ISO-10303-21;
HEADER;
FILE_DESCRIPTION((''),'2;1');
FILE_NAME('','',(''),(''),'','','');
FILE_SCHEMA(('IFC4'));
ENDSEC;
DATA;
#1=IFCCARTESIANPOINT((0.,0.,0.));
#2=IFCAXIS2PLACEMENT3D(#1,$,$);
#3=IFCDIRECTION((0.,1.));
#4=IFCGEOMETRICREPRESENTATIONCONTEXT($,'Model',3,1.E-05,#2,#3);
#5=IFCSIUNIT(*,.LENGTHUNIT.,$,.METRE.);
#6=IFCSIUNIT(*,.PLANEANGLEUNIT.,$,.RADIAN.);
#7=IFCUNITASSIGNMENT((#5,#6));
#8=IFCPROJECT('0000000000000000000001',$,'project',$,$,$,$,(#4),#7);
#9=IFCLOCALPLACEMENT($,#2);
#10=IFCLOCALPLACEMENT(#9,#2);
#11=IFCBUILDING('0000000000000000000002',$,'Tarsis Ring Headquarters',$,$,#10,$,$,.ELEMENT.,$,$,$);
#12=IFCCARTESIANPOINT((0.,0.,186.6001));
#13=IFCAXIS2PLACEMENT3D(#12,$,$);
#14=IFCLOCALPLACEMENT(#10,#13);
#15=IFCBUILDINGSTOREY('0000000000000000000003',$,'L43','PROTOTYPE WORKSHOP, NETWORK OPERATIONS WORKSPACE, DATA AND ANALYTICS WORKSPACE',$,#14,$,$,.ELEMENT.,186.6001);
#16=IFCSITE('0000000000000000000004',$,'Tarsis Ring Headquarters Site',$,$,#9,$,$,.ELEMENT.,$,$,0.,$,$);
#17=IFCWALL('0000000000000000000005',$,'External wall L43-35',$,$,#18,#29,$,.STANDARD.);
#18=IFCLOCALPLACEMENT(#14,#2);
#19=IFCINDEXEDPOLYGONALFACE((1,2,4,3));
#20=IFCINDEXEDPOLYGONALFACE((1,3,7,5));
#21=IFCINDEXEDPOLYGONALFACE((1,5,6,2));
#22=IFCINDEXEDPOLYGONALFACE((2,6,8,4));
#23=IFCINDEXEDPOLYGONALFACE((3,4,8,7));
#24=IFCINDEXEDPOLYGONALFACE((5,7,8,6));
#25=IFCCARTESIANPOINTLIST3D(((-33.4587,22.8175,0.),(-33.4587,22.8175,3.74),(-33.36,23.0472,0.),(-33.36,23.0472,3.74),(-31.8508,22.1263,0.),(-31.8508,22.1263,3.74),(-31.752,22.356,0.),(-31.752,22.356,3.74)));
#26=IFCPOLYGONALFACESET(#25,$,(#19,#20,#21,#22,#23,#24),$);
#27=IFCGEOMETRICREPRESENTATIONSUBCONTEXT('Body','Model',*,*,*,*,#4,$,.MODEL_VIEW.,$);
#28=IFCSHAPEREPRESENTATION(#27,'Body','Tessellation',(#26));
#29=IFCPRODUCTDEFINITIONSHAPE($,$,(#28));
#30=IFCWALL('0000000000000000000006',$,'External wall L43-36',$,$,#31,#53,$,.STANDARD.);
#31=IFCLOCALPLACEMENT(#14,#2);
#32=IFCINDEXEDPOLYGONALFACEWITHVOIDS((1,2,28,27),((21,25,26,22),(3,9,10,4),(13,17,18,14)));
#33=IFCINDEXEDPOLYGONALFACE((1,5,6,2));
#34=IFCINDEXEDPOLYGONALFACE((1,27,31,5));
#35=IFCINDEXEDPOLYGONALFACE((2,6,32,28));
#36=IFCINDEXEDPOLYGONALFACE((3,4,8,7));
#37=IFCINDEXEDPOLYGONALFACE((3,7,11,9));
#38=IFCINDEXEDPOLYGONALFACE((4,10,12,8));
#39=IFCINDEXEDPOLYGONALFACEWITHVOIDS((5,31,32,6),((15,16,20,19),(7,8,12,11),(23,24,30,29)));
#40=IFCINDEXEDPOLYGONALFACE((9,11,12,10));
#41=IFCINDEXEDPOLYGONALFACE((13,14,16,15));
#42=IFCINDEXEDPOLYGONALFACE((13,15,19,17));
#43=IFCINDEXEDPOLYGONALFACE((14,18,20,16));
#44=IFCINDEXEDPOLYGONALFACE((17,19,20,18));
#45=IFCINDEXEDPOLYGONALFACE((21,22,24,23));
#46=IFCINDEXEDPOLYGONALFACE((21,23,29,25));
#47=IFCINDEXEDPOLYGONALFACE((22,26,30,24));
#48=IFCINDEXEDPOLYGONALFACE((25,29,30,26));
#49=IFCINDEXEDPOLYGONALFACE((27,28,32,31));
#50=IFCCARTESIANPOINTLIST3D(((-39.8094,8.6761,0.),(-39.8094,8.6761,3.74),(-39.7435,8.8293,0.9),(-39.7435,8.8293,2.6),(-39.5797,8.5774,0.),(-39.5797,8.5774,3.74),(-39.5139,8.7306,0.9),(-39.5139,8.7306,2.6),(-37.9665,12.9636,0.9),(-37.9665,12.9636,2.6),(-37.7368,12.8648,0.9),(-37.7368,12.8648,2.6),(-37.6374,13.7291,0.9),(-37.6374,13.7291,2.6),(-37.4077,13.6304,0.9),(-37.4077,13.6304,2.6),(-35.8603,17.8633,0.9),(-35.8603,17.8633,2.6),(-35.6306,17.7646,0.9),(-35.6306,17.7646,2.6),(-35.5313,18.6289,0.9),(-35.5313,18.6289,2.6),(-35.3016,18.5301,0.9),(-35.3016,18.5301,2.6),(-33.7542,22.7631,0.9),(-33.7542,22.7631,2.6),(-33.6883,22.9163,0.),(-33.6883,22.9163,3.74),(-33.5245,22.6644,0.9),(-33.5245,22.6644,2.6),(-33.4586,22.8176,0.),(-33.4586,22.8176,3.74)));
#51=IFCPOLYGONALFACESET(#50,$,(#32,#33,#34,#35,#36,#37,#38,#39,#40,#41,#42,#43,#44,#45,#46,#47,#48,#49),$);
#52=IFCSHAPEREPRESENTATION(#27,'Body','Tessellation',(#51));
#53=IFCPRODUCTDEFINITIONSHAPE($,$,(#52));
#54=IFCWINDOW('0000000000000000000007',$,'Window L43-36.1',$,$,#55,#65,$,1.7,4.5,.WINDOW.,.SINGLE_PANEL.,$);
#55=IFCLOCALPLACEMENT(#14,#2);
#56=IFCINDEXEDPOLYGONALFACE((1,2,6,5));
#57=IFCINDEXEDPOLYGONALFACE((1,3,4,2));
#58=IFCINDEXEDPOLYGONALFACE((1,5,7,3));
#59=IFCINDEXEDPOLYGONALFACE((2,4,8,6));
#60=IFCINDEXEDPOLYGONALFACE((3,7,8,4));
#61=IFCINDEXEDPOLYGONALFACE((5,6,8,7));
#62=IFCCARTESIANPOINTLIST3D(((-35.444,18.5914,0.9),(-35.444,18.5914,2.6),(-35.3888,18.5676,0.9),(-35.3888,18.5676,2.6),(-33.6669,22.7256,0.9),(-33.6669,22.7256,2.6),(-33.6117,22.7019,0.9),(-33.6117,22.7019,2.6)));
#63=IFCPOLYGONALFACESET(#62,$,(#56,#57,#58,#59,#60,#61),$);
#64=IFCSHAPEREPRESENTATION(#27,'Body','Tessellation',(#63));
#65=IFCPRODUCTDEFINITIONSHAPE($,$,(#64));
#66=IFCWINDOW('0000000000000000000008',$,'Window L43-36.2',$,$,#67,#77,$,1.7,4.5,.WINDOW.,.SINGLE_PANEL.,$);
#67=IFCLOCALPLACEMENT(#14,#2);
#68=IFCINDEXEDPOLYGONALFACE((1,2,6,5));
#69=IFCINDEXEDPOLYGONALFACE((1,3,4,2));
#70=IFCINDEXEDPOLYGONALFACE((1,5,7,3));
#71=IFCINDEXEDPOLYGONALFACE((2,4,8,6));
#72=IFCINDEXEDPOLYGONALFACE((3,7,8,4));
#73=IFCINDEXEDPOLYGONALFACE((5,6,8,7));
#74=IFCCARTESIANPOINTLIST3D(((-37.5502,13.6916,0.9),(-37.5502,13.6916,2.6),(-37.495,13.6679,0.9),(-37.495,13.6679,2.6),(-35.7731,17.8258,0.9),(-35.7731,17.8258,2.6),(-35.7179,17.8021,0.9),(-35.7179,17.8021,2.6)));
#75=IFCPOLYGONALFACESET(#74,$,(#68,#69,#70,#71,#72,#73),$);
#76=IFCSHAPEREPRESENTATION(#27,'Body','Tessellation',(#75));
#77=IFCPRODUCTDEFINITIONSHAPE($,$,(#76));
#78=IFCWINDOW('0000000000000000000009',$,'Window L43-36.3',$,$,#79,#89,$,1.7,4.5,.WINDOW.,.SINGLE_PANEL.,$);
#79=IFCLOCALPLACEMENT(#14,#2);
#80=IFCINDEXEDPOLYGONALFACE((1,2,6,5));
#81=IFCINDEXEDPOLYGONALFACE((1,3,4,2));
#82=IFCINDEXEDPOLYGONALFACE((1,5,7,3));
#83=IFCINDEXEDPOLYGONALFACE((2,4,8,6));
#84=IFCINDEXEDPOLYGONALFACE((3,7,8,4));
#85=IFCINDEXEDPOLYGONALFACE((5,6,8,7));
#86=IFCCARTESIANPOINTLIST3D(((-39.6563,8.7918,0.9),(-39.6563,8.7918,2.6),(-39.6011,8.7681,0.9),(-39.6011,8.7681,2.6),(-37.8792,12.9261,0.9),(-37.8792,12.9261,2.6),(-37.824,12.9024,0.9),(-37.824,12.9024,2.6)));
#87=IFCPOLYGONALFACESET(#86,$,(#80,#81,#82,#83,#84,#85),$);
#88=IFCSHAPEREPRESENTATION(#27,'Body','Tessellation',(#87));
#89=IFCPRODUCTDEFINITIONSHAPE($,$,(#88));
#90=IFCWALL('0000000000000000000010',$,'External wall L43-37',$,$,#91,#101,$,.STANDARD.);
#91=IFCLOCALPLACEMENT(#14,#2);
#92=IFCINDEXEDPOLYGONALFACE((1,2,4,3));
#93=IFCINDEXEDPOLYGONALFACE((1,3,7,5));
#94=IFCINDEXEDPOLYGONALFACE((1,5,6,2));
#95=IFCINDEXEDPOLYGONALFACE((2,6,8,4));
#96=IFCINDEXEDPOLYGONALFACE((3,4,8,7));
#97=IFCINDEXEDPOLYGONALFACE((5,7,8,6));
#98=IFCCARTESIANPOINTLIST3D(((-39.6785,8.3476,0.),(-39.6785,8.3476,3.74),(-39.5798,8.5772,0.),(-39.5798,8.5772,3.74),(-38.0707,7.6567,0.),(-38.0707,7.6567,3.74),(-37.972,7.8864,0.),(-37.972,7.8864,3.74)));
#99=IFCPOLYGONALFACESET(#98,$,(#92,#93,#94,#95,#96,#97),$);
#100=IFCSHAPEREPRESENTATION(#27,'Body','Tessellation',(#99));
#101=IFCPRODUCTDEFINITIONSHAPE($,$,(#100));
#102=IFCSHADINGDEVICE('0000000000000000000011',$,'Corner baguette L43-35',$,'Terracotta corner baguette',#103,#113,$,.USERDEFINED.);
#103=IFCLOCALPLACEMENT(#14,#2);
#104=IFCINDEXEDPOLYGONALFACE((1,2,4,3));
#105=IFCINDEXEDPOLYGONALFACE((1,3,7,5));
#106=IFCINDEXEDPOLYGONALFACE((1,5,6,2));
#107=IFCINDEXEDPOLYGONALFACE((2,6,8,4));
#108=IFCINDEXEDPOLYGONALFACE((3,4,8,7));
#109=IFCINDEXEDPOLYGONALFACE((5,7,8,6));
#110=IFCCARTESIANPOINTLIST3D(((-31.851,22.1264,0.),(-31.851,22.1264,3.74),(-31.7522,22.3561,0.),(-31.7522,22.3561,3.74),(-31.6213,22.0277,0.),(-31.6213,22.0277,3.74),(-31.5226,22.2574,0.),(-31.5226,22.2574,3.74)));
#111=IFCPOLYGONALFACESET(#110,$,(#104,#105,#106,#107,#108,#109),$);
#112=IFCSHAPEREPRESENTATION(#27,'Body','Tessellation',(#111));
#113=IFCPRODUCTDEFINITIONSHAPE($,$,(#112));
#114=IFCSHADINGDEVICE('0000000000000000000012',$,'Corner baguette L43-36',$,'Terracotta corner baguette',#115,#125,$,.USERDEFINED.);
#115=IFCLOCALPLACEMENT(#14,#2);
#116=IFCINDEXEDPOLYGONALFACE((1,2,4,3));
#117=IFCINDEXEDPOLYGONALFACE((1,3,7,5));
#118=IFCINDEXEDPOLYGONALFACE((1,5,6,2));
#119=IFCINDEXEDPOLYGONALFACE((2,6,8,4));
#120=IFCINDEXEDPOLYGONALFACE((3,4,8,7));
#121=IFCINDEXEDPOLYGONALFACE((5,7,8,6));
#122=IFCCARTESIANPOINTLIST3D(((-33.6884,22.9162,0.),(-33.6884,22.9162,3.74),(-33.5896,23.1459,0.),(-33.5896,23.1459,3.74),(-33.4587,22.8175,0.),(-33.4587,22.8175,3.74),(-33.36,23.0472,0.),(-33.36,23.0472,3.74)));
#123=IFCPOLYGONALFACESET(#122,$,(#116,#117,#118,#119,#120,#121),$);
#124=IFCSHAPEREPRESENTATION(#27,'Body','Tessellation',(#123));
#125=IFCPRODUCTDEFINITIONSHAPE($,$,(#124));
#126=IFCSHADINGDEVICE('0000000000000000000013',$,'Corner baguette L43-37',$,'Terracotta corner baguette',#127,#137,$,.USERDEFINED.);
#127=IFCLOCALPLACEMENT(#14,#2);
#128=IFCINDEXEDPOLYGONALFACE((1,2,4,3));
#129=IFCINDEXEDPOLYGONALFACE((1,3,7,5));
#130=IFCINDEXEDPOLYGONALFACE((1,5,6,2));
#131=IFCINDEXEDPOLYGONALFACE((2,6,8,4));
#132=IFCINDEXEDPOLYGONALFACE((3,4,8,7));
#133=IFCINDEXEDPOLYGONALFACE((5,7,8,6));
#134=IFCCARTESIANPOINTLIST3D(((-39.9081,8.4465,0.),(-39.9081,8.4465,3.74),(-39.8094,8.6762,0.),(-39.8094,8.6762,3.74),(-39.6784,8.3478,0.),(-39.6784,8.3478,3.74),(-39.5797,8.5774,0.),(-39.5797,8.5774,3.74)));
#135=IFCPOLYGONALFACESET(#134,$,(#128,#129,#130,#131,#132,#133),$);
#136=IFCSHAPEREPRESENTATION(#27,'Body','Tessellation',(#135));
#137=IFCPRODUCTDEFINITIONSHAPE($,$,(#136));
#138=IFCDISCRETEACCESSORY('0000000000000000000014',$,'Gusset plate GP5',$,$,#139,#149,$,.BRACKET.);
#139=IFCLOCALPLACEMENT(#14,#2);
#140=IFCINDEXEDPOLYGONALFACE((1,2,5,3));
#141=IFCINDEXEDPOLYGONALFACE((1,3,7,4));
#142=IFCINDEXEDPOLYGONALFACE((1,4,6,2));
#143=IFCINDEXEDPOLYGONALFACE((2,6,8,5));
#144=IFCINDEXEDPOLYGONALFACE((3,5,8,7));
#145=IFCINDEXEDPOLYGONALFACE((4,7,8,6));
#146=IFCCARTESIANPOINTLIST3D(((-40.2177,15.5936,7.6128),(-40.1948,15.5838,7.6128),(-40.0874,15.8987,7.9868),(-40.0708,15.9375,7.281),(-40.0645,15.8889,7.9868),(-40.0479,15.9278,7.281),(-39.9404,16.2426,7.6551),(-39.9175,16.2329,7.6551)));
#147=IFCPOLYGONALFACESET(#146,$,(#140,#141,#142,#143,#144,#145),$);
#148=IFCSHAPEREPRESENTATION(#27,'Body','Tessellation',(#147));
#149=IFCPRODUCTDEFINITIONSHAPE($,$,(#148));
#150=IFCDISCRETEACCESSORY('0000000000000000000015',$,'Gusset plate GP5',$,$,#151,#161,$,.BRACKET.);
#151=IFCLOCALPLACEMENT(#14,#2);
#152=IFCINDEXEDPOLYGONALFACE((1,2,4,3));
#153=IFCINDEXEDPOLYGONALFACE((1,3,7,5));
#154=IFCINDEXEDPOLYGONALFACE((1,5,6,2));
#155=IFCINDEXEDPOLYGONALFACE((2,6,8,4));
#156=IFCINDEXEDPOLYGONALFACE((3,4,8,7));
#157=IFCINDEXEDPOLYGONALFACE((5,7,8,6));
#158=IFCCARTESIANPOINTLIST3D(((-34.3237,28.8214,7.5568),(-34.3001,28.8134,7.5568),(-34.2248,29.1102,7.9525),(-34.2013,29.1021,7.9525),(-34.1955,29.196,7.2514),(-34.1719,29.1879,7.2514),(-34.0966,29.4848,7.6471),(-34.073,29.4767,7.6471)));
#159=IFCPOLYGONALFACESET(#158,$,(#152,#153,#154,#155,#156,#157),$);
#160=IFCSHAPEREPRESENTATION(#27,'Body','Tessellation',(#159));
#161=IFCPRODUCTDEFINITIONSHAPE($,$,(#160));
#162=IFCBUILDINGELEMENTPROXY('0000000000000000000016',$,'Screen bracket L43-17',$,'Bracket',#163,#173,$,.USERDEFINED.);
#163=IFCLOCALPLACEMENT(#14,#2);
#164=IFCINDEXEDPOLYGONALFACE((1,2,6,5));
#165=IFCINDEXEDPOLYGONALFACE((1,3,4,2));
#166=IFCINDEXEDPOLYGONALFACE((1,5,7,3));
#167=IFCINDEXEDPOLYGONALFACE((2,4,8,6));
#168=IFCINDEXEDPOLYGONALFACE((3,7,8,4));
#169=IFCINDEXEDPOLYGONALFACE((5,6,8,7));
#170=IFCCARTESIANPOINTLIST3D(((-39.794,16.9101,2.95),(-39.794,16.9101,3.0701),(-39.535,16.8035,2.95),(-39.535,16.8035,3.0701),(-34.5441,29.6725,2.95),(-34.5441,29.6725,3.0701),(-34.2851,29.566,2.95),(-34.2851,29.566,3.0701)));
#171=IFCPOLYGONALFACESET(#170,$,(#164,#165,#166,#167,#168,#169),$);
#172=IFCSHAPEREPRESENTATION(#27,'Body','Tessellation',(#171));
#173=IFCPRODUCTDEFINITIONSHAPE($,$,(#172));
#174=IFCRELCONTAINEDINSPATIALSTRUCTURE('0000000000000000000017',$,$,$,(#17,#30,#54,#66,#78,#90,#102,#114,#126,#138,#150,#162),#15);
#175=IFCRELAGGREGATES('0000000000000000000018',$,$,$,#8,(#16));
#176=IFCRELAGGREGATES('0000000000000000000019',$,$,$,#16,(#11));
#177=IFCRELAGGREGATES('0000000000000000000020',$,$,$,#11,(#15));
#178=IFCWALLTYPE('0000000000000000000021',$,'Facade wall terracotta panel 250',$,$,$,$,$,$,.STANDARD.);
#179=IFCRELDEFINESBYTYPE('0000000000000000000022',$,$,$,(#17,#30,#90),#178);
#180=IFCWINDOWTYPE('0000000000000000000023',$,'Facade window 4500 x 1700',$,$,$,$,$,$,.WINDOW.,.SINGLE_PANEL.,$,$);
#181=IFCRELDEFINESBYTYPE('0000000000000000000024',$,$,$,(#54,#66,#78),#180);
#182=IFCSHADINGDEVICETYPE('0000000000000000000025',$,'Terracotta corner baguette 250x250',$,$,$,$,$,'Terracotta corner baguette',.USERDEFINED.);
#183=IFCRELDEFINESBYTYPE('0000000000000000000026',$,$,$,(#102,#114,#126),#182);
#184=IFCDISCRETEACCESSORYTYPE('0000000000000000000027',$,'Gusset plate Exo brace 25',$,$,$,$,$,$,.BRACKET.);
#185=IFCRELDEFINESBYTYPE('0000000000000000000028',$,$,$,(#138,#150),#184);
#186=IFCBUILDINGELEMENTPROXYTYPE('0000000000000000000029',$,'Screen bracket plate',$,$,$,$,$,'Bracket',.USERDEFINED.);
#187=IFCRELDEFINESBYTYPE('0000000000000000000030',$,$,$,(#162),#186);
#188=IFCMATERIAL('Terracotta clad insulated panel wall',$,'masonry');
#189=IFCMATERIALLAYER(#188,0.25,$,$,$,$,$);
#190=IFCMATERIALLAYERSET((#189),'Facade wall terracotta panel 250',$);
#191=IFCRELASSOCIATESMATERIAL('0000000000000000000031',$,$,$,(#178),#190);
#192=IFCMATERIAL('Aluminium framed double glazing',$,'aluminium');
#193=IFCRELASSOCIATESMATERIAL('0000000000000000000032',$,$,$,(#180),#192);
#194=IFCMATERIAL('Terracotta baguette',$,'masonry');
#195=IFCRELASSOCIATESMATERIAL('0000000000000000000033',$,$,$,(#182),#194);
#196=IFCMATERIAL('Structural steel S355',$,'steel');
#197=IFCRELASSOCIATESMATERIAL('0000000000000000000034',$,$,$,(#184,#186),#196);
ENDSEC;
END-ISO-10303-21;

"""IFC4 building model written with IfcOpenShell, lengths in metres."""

from ifc_helpers import new_model, si_unit, direction, frame, frame_2d, origin, origin_2d, place, context, subcontext, project, spatial, rectangle, extrude, material, layer, layer_set, material_profile, profile_set, type_object, element, fill, save


model = new_model("IFC4")

# Units and contexts
model_context = context("Model", 3, precision=1e-05, world=origin(), true_north=direction((0.0, 1.0)))
body_context = subcontext(model_context, "Body", "Model", "MODEL_VIEW")
ifc_project = project(units=[si_unit("LENGTHUNIT", "METRE"), si_unit("PLANEANGLEUNIT", "RADIAN")], contexts=[model_context])

# Site, building, storey
site_placement = place(None, origin())
site = spatial("IfcSite", under=ifc_project, at=site_placement, Name="Tarsis Ring Headquarters Site", CompositionType="ELEMENT", RefElevation=0.0)
building_placement = place(site_placement, origin())
building = spatial("IfcBuilding", under=site, at=building_placement, Name="Tarsis Ring Headquarters", CompositionType="ELEMENT")
storey_placement = place(building_placement, frame((0.0, 0.0, 186.6001)))
storey = spatial("IfcBuildingStorey", under=building, at=storey_placement, Name="L43", Description="PROTOTYPE WORKSHOP, NETWORK OPERATIONS WORKSPACE, DATA AND ANALYTICS WORKSPACE", CompositionType="ELEMENT", Elevation=186.6001)

# Shared definitions
ifc_material_1 = material(Name="Structural steel S355", Category="steel")

# Wall
ifc_material_2 = material(Name="Terracotta clad insulated panel wall", Category="masonry")
ifc_layer_1 = layer(ifc_material_2, 0.25)
ifc_layer_set_1 = layer_set([ifc_layer_1], Name="Facade wall terracotta panel 250")
wall_type_1 = type_object("IfcWallType", Name="Facade wall terracotta panel 250", PredefinedType="STANDARD", material=ifc_layer_set_1)
wall_1_placement = place(storey_placement, frame((-31.8015, 22.2412, 0.0), z_axis=(0.0, 0.0, 1.0), x_axis=(-0.918719, 0.394912, 0.0)))
element("IfcWall", 1, at=wall_1_placement, inside=storey, type_object=wall_type_1, Name="External wall L43-35", PredefinedType="STANDARD", context=body_context, shape_type="SweptSolid", body=[
    extrude(rectangle(XDim=1.7502, YDim=0.25, at=frame_2d((0.875, 0.0))), origin(), (0.0, 0.0, 1.0), 3.74),
])

# Wall, openings, windows
wall_2_placement = place(storey_placement, frame((-33.5735, 22.8669, 0.0), z_axis=(0.0, 0.0, 1.0), x_axis=(-0.394908, -0.918721, 0.0)))
wall_2 = element("IfcWall", 2, at=wall_2_placement, inside=storey, type_object=wall_type_1, Name="External wall L43-36", PredefinedType="STANDARD", context=body_context, shape_type="SweptSolid", body=[
    extrude(rectangle(XDim=15.5, YDim=0.25, at=frame_2d((7.75, 0.0))), origin(), (0.0, 0.0, 1.0), 3.74),
])
opening_1_placement = place(wall_2_placement, frame((0.1667, 0.0, 0.8999)))
opening_1 = element("IfcOpeningElement", 3, at=opening_1_placement, cuts=wall_2, PredefinedType="OPENING", context=body_context, shape_type="SweptSolid", body=[
    extrude(rectangle(XDim=4.5, YDim=1.7, at=frame_2d((2.25, 0.8501))), frame((0.0, 0.135, 0.0), z_axis=(0.0, -1.0, 0.0), x_axis=(1.0, 0.0, 0.0)), (0.0, 0.0, 1.0), 0.27),
])
opening_2_placement = place(wall_2_placement, frame((5.5, 0.0, 0.8999)))
opening_2 = element("IfcOpeningElement", 4, at=opening_2_placement, cuts=wall_2, PredefinedType="OPENING", context=body_context, shape_type="SweptSolid", body=[
    extrude(rectangle(XDim=4.5, YDim=1.7, at=frame_2d((2.25, 0.8501))), frame((0.0, 0.135, 0.0), z_axis=(0.0, -1.0, 0.0), x_axis=(1.0, 0.0, 0.0)), (0.0, 0.0, 1.0), 0.27),
])
opening_3_placement = place(wall_2_placement, frame((10.8333, 0.0, 0.8999)))
opening_3 = element("IfcOpeningElement", 5, at=opening_3_placement, cuts=wall_2, PredefinedType="OPENING", context=body_context, shape_type="SweptSolid", body=[
    extrude(rectangle(XDim=4.5, YDim=1.7, at=frame_2d((2.25, 0.8501))), frame((0.0, 0.135, 0.0), z_axis=(0.0, -1.0, 0.0), x_axis=(1.0, 0.0, 0.0)), (0.0, 0.0, 1.0), 0.27),
])
ifc_material_3 = material(Name="Aluminium framed double glazing", Category="aluminium")
window_type = type_object("IfcWindowType", Name="Facade window 4500 x 1700", PartitioningType="SINGLE_PANEL", PredefinedType="WINDOW", material=ifc_material_3)
window_1_placement = place(opening_1_placement, origin())
window_1 = element("IfcWindow", 6, at=window_1_placement, inside=storey, type_object=window_type, Name="Window L43-36.1", OverallHeight=1.7, OverallWidth=4.5, PartitioningType="SINGLE_PANEL", PredefinedType="WINDOW", context=body_context, shape_type="SweptSolid", body=[
    extrude(rectangle(XDim=4.5, YDim=1.7, at=frame_2d((2.25, 0.8501))), frame((0.0, 0.03, 0.0), z_axis=(0.0, -1.0, 0.0), x_axis=(1.0, 0.0, 0.0)), (0.0, 0.0, 1.0), 0.0601),
])
fill(opening_1, window_1)
window_2_placement = place(opening_2_placement, origin())
window_2 = element("IfcWindow", 7, at=window_2_placement, inside=storey, type_object=window_type, Name="Window L43-36.2", OverallHeight=1.7, OverallWidth=4.5, PartitioningType="SINGLE_PANEL", PredefinedType="WINDOW", context=body_context, shape_type="SweptSolid", body=[
    extrude(rectangle(XDim=4.5, YDim=1.7, at=frame_2d((2.25, 0.8501))), frame((0.0, 0.03, 0.0), z_axis=(0.0, -1.0, 0.0), x_axis=(1.0, 0.0, 0.0)), (0.0, 0.0, 1.0), 0.0601),
])
fill(opening_2, window_2)
window_3_placement = place(opening_3_placement, origin())
window_3 = element("IfcWindow", 8, at=window_3_placement, inside=storey, type_object=window_type, Name="Window L43-36.3", OverallHeight=1.7, OverallWidth=4.5, PartitioningType="SINGLE_PANEL", PredefinedType="WINDOW", context=body_context, shape_type="SweptSolid", body=[
    extrude(rectangle(XDim=4.5, YDim=1.7, at=frame_2d((2.25, 0.8501))), frame((0.0, 0.03, 0.0), z_axis=(0.0, -1.0, 0.0), x_axis=(1.0, 0.0, 0.0)), (0.0, 0.0, 1.0), 0.0601),
])
fill(opening_3, window_3)

# Wall
wall_3_placement = place(storey_placement, frame((-39.6292, 8.4624, 0.0), z_axis=(0.0, 0.0, 1.0), x_axis=(0.918769, -0.394795, 0.0)))
element("IfcWall", 9, at=wall_3_placement, inside=storey, type_object=wall_type_1, Name="External wall L43-37", PredefinedType="STANDARD", context=body_context, shape_type="SweptSolid", body=[
    extrude(rectangle(XDim=1.75, YDim=0.25, at=frame_2d((0.875, 0.0))), origin(), (0.0, 0.0, 1.0), 3.74),
])

# Shading devices
ifc_material_4 = material(Name="Terracotta baguette", Category="masonry")
shading_device_type_1 = type_object("IfcShadingDeviceType", Name="Terracotta corner baguette 250x250", ElementType="Terracotta corner baguette", PredefinedType="USERDEFINED", material=ifc_material_4)
for number, where, z_axis, x_axis, name in (
    (10, (-31.6868, 22.1919, 0.0), (0.0, 0.0, 1.0), (-0.394904, -0.918723, 0.0), "Corner baguette L43-35"),
    (11, (-33.5242, 22.9817, 0.0), (0.0, 0.0, 1.0), (-0.918722, 0.394904, 0.0), "Corner baguette L43-36"),
    (12, (-39.7439, 8.512, 0.0), (0.0, 0.0, 1.0), (-0.394904, -0.918722, 0.0), "Corner baguette L43-37"),
):
    element("IfcShadingDevice", number, at=place(storey_placement, frame(where, z_axis=z_axis, x_axis=x_axis)), inside=storey, type_object=shading_device_type_1, Name=name, ObjectType="Terracotta corner baguette", PredefinedType="USERDEFINED", context=body_context, shape_type="SweptSolid", body=[
        extrude(rectangle(XDim=0.25, YDim=0.25, at=origin_2d()), origin(), (0.0, 0.0, 1.0), 3.74),
    ])

# Discrete accessories
ifc_material_profile_1 = material_profile(ifc_material_1, rectangle(XDim=0.0249, YDim=0.5, at=origin_2d()), Name="PL 25x500")
ifc_profile_set_1 = profile_set([ifc_material_profile_1], Name="Structural steel S355")
discrete_accessory_type = type_object("IfcDiscreteAccessoryType", Name="Gusset plate Exo brace 25", PredefinedType="BRACKET", material=ifc_profile_set_1)
discrete_accessory_1_placement = place(storey_placement, frame((-40.1411, 15.7412, 7.7998), z_axis=(0.293936, 0.687967, -0.663553), x_axis=(-0.919583, 0.392895, 0.0)))
element("IfcDiscreteAccessory", 13, at=discrete_accessory_1_placement, inside=storey, type_object=discrete_accessory_type, Name="Gusset plate GP5", PredefinedType="BRACKET", context=body_context, shape_type="SweptSolid", body=[
    extrude(rectangle(XDim=0.0249, YDim=0.5, at=origin_2d()), origin(), (0.0, 0.0, 1.0), 0.5),
])
discrete_accessory_2_placement = place(storey_placement, frame((-34.1489, 29.2935, 7.7998), z_axis=(-0.197828, -0.577854, -0.791801), x_axis=(0.946093, -0.323895, 0.0)))
element("IfcDiscreteAccessory", 14, at=discrete_accessory_2_placement, inside=storey, type_object=discrete_accessory_type, Name="Gusset plate GP5", PredefinedType="BRACKET", context=body_context, shape_type="SweptSolid", body=[
    extrude(rectangle(XDim=0.0249, YDim=0.5, at=origin_2d()), origin(), (0.0, 0.0, 1.0), 0.4998),
])

# Building element proxy
building_element_proxy_type = type_object("IfcBuildingElementProxyType", Name="Screen bracket plate", ElementType="Bracket", PredefinedType="USERDEFINED", material=ifc_material_1)
proxy_placement = place(storey_placement, frame((-37.0396, 23.238, 2.95), z_axis=(0.0, 0.0, 1.0), x_axis=(-0.380425, -0.924812, 0.0)))
element("IfcBuildingElementProxy", 15, at=proxy_placement, inside=storey, type_object=building_element_proxy_type, Name="Screen bracket L43-17", ObjectType="Bracket", PredefinedType="USERDEFINED", context=body_context, shape_type="SweptSolid", body=[
    extrude(rectangle(XDim=13.8, YDim=0.28, at=origin_2d()), origin(), (0.0, 0.0, 1.0), 0.1201),
])

save(model, "model.ifc")
